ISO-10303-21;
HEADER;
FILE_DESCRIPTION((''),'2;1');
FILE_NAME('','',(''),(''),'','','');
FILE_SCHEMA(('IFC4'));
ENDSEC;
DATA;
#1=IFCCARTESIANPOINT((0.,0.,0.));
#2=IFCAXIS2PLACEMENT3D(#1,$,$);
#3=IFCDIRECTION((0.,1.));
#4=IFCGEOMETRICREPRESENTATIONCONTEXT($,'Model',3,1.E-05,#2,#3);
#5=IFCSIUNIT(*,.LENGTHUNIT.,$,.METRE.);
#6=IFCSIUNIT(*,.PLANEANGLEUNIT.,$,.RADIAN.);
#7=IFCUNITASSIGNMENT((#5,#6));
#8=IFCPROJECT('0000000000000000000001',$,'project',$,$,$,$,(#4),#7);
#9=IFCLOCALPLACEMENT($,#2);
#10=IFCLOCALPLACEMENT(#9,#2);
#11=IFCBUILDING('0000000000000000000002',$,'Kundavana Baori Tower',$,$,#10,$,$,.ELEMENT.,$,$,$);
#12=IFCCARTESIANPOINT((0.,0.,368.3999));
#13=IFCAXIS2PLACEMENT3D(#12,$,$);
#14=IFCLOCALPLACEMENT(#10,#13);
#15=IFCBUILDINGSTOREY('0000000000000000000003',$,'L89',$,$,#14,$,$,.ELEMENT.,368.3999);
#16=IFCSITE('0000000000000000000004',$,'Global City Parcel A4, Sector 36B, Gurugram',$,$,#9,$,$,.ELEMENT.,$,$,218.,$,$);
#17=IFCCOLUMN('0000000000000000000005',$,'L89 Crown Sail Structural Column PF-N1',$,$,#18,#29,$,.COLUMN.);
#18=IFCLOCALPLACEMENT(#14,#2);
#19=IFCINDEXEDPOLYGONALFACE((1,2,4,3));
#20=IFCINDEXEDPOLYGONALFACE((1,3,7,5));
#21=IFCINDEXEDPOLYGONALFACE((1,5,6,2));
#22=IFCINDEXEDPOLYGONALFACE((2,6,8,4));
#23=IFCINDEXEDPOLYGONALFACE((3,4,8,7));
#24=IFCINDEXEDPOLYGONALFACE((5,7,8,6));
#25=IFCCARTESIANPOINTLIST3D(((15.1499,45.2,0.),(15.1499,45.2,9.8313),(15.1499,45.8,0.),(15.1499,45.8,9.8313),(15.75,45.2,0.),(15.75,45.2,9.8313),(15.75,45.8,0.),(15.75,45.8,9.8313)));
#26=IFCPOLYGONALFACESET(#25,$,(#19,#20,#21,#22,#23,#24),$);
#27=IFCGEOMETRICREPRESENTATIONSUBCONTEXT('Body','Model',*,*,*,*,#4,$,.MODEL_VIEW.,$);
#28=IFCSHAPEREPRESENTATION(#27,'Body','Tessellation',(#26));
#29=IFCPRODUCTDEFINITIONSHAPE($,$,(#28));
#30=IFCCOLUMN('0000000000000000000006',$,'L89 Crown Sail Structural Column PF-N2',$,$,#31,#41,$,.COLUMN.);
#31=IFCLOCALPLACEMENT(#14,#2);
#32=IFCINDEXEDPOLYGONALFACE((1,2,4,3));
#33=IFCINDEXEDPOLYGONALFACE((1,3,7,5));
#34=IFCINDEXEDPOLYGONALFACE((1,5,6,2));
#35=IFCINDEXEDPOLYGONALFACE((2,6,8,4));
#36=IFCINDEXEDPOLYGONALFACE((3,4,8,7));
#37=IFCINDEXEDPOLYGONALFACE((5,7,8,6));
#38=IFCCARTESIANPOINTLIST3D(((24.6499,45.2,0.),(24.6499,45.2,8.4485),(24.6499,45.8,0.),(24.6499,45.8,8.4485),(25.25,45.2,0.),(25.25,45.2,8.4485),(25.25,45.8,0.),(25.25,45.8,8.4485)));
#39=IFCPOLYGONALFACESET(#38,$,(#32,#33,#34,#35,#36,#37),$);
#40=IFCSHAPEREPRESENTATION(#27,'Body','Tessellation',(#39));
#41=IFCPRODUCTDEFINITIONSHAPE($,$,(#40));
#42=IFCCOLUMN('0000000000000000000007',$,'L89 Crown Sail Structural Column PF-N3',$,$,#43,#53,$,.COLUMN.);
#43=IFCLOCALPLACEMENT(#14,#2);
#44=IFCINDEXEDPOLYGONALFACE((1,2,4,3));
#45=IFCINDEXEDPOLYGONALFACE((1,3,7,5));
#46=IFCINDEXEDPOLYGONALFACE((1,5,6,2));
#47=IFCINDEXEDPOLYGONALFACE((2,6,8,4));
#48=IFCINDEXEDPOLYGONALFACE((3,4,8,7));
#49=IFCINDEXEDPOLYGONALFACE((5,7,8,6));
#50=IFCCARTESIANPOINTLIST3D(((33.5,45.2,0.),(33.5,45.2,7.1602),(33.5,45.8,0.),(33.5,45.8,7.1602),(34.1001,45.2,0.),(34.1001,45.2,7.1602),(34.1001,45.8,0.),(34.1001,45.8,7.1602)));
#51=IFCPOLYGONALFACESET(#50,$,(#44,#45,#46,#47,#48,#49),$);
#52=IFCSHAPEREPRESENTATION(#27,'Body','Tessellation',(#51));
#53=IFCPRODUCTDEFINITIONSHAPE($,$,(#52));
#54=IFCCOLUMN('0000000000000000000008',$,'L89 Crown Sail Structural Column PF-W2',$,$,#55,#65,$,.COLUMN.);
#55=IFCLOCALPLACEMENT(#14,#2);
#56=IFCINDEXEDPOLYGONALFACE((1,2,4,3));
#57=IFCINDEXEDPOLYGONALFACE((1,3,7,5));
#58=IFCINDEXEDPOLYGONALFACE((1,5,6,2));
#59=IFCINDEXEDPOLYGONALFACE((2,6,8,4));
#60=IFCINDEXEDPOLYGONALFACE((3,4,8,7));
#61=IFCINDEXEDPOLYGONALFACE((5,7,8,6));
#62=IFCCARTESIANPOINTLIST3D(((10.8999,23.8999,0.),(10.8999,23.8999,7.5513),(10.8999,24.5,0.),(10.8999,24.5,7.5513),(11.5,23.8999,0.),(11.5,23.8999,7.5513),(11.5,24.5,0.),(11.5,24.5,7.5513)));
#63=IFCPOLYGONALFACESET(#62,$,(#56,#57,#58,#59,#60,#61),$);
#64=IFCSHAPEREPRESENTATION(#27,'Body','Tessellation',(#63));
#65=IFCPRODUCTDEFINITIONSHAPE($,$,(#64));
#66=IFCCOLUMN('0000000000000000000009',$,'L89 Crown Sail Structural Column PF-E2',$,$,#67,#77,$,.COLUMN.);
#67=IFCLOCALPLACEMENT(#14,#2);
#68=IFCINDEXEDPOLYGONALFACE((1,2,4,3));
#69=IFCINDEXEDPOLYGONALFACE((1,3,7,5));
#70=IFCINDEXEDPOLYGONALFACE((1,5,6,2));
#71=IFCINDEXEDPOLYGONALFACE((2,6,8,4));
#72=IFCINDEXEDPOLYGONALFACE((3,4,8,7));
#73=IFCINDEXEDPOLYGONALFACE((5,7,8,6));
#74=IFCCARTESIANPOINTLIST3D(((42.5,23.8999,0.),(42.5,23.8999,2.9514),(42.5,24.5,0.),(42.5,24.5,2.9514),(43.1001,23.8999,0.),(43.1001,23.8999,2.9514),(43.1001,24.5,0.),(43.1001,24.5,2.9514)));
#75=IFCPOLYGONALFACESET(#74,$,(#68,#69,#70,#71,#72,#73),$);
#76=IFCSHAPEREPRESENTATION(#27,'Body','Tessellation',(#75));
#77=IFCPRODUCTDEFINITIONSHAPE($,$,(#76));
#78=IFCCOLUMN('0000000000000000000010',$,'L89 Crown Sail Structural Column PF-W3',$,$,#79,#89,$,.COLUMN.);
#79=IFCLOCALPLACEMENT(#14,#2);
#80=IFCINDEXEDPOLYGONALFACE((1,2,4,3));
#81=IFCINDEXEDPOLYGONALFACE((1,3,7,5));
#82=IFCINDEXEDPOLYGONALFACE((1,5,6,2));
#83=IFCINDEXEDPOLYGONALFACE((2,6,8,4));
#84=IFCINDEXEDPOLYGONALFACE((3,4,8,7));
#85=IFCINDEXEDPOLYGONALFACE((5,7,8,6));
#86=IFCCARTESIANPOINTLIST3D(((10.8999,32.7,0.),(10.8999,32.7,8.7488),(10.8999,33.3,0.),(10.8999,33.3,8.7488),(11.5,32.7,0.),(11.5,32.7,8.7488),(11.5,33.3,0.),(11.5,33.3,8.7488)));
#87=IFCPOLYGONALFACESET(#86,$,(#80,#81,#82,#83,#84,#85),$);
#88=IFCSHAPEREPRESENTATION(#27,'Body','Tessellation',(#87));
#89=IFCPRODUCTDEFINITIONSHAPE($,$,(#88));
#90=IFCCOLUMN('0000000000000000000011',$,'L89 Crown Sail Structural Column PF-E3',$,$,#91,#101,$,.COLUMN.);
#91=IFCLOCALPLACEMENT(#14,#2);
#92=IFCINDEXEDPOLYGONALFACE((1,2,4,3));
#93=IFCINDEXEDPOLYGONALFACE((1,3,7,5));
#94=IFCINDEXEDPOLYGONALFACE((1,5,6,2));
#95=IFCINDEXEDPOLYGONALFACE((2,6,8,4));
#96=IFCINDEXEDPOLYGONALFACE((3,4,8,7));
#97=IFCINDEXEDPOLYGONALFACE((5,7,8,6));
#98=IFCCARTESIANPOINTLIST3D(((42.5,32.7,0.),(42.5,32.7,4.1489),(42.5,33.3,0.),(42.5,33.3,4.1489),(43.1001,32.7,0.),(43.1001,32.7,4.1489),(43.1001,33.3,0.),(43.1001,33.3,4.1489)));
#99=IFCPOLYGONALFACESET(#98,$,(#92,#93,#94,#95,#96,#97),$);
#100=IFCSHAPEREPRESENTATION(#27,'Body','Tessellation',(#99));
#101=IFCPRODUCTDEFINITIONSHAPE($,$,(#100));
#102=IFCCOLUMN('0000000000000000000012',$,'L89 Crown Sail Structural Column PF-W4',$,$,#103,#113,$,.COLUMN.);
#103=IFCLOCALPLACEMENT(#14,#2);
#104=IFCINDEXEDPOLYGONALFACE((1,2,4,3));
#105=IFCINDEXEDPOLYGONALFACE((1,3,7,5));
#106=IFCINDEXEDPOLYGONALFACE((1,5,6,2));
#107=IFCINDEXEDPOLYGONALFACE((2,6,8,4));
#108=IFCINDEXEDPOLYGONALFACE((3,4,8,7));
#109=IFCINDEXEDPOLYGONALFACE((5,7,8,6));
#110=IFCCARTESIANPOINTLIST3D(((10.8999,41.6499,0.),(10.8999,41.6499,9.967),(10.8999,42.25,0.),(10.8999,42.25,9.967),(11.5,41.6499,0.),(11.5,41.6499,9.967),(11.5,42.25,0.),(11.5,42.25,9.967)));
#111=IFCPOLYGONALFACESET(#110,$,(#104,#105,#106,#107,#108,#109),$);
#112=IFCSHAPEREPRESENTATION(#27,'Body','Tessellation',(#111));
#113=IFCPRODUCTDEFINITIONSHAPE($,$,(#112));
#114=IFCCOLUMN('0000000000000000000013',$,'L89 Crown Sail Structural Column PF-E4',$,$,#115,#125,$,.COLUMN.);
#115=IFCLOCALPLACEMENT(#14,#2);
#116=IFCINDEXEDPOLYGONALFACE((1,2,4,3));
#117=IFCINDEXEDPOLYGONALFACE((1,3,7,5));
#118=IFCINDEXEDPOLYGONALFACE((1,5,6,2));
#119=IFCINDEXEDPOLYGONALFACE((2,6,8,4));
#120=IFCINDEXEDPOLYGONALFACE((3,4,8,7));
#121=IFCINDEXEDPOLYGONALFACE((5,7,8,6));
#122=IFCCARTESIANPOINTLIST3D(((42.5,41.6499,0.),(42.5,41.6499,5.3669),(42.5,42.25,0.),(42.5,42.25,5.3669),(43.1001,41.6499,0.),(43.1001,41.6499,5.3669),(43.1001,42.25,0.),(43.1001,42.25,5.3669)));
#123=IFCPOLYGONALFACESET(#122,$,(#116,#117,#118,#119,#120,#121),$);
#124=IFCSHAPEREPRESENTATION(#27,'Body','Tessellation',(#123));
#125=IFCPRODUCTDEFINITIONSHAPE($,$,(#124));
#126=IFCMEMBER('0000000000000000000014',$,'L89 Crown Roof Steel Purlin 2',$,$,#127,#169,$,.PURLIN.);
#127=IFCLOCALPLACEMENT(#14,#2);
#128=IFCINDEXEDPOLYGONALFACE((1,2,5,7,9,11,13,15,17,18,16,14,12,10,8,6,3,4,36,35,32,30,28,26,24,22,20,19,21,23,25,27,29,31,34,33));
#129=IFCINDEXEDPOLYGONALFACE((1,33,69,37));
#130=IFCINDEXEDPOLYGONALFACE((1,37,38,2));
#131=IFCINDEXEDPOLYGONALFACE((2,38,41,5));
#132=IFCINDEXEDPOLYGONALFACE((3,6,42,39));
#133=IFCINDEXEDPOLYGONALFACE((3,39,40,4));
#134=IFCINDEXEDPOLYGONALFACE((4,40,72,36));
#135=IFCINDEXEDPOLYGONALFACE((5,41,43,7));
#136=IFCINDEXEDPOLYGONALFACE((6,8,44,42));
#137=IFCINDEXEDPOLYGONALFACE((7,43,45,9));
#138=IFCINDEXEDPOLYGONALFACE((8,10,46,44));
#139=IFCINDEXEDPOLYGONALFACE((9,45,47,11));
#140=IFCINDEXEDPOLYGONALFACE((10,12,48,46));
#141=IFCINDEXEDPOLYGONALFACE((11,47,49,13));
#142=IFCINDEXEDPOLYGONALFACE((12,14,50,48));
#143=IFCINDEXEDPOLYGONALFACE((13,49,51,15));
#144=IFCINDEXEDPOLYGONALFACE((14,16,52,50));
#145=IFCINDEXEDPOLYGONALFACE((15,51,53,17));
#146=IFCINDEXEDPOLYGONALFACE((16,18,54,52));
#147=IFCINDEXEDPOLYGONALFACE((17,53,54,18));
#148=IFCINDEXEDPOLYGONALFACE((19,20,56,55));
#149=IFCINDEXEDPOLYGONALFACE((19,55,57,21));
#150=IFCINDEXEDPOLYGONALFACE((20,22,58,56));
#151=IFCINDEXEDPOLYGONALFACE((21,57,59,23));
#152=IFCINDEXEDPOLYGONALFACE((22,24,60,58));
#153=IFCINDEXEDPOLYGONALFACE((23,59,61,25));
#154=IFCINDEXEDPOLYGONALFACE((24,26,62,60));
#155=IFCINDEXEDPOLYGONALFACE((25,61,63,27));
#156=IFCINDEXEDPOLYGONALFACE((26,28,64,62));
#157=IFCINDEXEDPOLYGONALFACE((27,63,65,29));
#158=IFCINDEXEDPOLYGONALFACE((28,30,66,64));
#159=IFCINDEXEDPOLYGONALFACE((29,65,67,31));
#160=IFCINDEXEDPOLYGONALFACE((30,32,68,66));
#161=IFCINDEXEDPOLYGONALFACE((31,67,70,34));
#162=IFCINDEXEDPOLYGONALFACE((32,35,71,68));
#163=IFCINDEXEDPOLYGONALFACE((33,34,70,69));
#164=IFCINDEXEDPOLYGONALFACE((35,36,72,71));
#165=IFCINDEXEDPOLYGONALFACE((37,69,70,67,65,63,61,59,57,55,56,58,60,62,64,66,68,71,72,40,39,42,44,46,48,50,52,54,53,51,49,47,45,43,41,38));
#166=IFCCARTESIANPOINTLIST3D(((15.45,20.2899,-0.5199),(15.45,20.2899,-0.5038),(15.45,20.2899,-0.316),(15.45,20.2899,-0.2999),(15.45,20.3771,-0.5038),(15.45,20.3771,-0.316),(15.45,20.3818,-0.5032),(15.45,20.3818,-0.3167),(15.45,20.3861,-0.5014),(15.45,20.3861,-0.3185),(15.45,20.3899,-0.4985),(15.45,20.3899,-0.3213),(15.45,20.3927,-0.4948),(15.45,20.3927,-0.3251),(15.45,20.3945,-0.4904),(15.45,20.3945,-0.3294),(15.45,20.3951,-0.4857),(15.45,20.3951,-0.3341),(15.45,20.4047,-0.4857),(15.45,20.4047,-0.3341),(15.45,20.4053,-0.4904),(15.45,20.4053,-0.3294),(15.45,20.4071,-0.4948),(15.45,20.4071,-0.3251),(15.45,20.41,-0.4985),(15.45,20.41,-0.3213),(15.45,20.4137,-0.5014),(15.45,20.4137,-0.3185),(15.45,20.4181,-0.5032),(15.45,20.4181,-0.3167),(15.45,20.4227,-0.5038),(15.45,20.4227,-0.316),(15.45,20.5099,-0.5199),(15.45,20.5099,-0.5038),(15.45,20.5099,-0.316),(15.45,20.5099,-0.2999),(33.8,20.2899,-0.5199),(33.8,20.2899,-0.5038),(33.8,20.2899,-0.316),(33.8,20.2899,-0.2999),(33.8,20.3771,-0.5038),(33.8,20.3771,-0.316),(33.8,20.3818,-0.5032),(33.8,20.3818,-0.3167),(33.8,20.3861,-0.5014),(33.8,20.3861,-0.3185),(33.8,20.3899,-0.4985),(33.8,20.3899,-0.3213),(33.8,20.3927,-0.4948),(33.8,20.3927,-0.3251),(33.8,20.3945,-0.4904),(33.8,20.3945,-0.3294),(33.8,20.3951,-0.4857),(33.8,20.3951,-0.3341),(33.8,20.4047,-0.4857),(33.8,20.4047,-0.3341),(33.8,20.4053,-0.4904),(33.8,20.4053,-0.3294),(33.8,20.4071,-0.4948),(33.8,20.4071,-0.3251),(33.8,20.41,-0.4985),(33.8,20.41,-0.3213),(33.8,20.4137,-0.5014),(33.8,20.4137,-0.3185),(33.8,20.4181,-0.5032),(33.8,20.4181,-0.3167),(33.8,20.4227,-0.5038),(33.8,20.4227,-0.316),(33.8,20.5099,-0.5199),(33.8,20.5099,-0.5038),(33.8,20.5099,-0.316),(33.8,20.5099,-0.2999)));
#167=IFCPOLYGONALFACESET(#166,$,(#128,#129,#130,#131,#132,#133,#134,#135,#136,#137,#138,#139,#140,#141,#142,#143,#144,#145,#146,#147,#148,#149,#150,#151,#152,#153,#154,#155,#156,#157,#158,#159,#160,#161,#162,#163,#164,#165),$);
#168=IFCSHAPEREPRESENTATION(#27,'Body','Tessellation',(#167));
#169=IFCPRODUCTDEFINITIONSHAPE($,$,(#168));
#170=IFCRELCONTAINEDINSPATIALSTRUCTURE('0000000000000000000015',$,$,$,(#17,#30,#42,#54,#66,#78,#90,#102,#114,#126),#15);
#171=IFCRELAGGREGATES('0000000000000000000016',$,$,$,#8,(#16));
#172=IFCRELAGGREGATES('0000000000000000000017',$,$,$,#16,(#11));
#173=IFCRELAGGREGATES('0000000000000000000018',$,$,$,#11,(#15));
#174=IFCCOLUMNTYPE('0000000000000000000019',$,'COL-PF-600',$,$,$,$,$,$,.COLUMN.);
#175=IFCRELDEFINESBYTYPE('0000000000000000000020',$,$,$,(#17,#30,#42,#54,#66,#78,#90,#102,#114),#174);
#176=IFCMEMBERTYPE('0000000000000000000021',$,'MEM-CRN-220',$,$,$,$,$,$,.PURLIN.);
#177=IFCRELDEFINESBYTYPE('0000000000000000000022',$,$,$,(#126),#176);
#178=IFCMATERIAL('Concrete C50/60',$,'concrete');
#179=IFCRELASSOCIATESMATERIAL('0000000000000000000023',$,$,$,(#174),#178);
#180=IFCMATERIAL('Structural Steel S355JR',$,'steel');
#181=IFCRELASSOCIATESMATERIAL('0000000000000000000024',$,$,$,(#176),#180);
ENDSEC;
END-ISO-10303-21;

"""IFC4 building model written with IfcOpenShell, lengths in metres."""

from ifc_helpers import new_model, si_unit, direction, frame, origin, origin_2d, place, context, subcontext, project, spatial, rectangle, i_section, extrude, material, material_profile, profile_set, type_object, element, save


model = new_model("IFC4")

# Units and contexts
model_context = context("Model", 3, precision=1e-05, world=origin(), true_north=direction((0.0, 1.0)))
body_context = subcontext(model_context, "Body", "Model", "MODEL_VIEW")
ifc_project = project(units=[si_unit("LENGTHUNIT", "METRE"), si_unit("PLANEANGLEUNIT", "RADIAN")], contexts=[model_context])

# Site, building, storey
site_placement = place(None, origin())
site = spatial("IfcSite", under=ifc_project, at=site_placement, Name="Global City Parcel A4, Sector 36B, Gurugram", CompositionType="ELEMENT", RefElevation=218.0)
building_placement = place(site_placement, origin())
building = spatial("IfcBuilding", under=site, at=building_placement, Name="Kundavana Baori Tower", CompositionType="ELEMENT")
storey_placement = place(building_placement, frame((0.0, 0.0, 368.3999)))
storey = spatial("IfcBuildingStorey", under=building, at=storey_placement, Name="L89", CompositionType="ELEMENT", Elevation=368.3999)

# Columns
ifc_material_1 = material(Name="Concrete C50/60", Category="concrete")
ifc_material_profile_1 = material_profile(ifc_material_1, rectangle(XDim=0.6001, YDim=0.6001, at=origin_2d()), Name="RC PF 600x600")
ifc_profile_set_1 = profile_set([ifc_material_profile_1], Name="Concrete C50/60")
column_type = type_object("IfcColumnType", Name="COL-PF-600", PredefinedType="COLUMN", material=ifc_profile_set_1)
column_1_placement = place(storey_placement, frame((15.45, 45.5, 0.0), z_axis=(0.0, 0.0, 1.0), x_axis=(1.0, 0.0, 0.0)))
element("IfcColumn", 1, at=column_1_placement, inside=storey, type_object=column_type, Name="L89 Crown Sail Structural Column PF-N1", PredefinedType="COLUMN", context=body_context, shape_type="SweptSolid", body=[
    extrude(rectangle(XDim=0.6001, YDim=0.6001, at=origin_2d()), origin(), (0.0, 0.0, 1.0), 9.8313),
])
column_2_placement = place(storey_placement, frame((24.95, 45.5, 0.0), z_axis=(0.0, 0.0, 1.0), x_axis=(1.0, 0.0, 0.0)))
element("IfcColumn", 2, at=column_2_placement, inside=storey, type_object=column_type, Name="L89 Crown Sail Structural Column PF-N2", PredefinedType="COLUMN", context=body_context, shape_type="SweptSolid", body=[
    extrude(rectangle(XDim=0.6001, YDim=0.6001, at=origin_2d()), origin(), (0.0, 0.0, 1.0), 8.4485),
])
column_3_placement = place(storey_placement, frame((33.8, 45.5, 0.0), z_axis=(0.0, 0.0, 1.0), x_axis=(1.0, 0.0, 0.0)))
element("IfcColumn", 3, at=column_3_placement, inside=storey, type_object=column_type, Name="L89 Crown Sail Structural Column PF-N3", PredefinedType="COLUMN", context=body_context, shape_type="SweptSolid", body=[
    extrude(rectangle(XDim=0.6001, YDim=0.6001, at=origin_2d()), origin(), (0.0, 0.0, 1.0), 7.1602),
])
column_4_placement = place(storey_placement, frame((11.2, 24.2, 0.0), z_axis=(0.0, 0.0, 1.0), x_axis=(1.0, 0.0, 0.0)))
element("IfcColumn", 4, at=column_4_placement, inside=storey, type_object=column_type, Name="L89 Crown Sail Structural Column PF-W2", PredefinedType="COLUMN", context=body_context, shape_type="SweptSolid", body=[
    extrude(rectangle(XDim=0.6001, YDim=0.6001, at=origin_2d()), origin(), (0.0, 0.0, 1.0), 7.5513),
])
column_5_placement = place(storey_placement, frame((42.8, 24.2, 0.0), z_axis=(0.0, 0.0, 1.0), x_axis=(1.0, 0.0, 0.0)))
element("IfcColumn", 5, at=column_5_placement, inside=storey, type_object=column_type, Name="L89 Crown Sail Structural Column PF-E2", PredefinedType="COLUMN", context=body_context, shape_type="SweptSolid", body=[
    extrude(rectangle(XDim=0.6001, YDim=0.6001, at=origin_2d()), origin(), (0.0, 0.0, 1.0), 2.9514),
])
column_6_placement = place(storey_placement, frame((11.2, 33.0, 0.0), z_axis=(0.0, 0.0, 1.0), x_axis=(1.0, 0.0, 0.0)))
element("IfcColumn", 6, at=column_6_placement, inside=storey, type_object=column_type, Name="L89 Crown Sail Structural Column PF-W3", PredefinedType="COLUMN", context=body_context, shape_type="SweptSolid", body=[
    extrude(rectangle(XDim=0.6001, YDim=0.6001, at=origin_2d()), origin(), (0.0, 0.0, 1.0), 8.7488),
])
column_7_placement = place(storey_placement, frame((42.8, 33.0, 0.0), z_axis=(0.0, 0.0, 1.0), x_axis=(1.0, 0.0, 0.0)))
element("IfcColumn", 7, at=column_7_placement, inside=storey, type_object=column_type, Name="L89 Crown Sail Structural Column PF-E3", PredefinedType="COLUMN", context=body_context, shape_type="SweptSolid", body=[
    extrude(rectangle(XDim=0.6001, YDim=0.6001, at=origin_2d()), origin(), (0.0, 0.0, 1.0), 4.1489),
])
column_8_placement = place(storey_placement, frame((11.2, 41.95, 0.0), z_axis=(0.0, 0.0, 1.0), x_axis=(1.0, 0.0, 0.0)))
element("IfcColumn", 8, at=column_8_placement, inside=storey, type_object=column_type, Name="L89 Crown Sail Structural Column PF-W4", PredefinedType="COLUMN", context=body_context, shape_type="SweptSolid", body=[
    extrude(rectangle(XDim=0.6001, YDim=0.6001, at=origin_2d()), origin(), (0.0, 0.0, 1.0), 9.967),
])
column_9_placement = place(storey_placement, frame((42.8, 41.95, 0.0), z_axis=(0.0, 0.0, 1.0), x_axis=(1.0, 0.0, 0.0)))
element("IfcColumn", 9, at=column_9_placement, inside=storey, type_object=column_type, Name="L89 Crown Sail Structural Column PF-E4", PredefinedType="COLUMN", context=body_context, shape_type="SweptSolid", body=[
    extrude(rectangle(XDim=0.6001, YDim=0.6001, at=origin_2d()), origin(), (0.0, 0.0, 1.0), 5.3669),
])

# Member
ifc_material_2 = material(Name="Structural Steel S355JR", Category="steel")
ifc_material_profile_2 = material_profile(ifc_material_2, i_section(OverallWidth=0.22, OverallDepth=0.22, WebThickness=0.0095, FlangeThickness=0.0161, FilletRadius=0.0181, at=origin_2d()), Name="WPB 220x220x71")
ifc_profile_set_2 = profile_set([ifc_material_profile_2], Name="Structural Steel S355JR")
member_type = type_object("IfcMemberType", Name="MEM-CRN-220", PredefinedType="PURLIN", material=ifc_profile_set_2)
for number, where, z_axis, x_axis, name in (
    (10, (15.45, 20.3999, -0.4099), (1.0, 0.0, 0.0), (0.0, 1.0, 0.0), "L89 Crown Roof Steel Purlin 2"),
):
    element("IfcMember", number, at=place(storey_placement, frame(where, z_axis=z_axis, x_axis=x_axis)), inside=storey, type_object=member_type, Name=name, PredefinedType="PURLIN", context=body_context, shape_type="SweptSolid", body=[
        extrude(i_section(OverallWidth=0.22, OverallDepth=0.22, WebThickness=0.0095, FlangeThickness=0.0161, FilletRadius=0.0181, at=origin_2d()), origin(), (0.0, 0.0, 1.0), 18.3501),
    ])

save(model, "model.ifc")
